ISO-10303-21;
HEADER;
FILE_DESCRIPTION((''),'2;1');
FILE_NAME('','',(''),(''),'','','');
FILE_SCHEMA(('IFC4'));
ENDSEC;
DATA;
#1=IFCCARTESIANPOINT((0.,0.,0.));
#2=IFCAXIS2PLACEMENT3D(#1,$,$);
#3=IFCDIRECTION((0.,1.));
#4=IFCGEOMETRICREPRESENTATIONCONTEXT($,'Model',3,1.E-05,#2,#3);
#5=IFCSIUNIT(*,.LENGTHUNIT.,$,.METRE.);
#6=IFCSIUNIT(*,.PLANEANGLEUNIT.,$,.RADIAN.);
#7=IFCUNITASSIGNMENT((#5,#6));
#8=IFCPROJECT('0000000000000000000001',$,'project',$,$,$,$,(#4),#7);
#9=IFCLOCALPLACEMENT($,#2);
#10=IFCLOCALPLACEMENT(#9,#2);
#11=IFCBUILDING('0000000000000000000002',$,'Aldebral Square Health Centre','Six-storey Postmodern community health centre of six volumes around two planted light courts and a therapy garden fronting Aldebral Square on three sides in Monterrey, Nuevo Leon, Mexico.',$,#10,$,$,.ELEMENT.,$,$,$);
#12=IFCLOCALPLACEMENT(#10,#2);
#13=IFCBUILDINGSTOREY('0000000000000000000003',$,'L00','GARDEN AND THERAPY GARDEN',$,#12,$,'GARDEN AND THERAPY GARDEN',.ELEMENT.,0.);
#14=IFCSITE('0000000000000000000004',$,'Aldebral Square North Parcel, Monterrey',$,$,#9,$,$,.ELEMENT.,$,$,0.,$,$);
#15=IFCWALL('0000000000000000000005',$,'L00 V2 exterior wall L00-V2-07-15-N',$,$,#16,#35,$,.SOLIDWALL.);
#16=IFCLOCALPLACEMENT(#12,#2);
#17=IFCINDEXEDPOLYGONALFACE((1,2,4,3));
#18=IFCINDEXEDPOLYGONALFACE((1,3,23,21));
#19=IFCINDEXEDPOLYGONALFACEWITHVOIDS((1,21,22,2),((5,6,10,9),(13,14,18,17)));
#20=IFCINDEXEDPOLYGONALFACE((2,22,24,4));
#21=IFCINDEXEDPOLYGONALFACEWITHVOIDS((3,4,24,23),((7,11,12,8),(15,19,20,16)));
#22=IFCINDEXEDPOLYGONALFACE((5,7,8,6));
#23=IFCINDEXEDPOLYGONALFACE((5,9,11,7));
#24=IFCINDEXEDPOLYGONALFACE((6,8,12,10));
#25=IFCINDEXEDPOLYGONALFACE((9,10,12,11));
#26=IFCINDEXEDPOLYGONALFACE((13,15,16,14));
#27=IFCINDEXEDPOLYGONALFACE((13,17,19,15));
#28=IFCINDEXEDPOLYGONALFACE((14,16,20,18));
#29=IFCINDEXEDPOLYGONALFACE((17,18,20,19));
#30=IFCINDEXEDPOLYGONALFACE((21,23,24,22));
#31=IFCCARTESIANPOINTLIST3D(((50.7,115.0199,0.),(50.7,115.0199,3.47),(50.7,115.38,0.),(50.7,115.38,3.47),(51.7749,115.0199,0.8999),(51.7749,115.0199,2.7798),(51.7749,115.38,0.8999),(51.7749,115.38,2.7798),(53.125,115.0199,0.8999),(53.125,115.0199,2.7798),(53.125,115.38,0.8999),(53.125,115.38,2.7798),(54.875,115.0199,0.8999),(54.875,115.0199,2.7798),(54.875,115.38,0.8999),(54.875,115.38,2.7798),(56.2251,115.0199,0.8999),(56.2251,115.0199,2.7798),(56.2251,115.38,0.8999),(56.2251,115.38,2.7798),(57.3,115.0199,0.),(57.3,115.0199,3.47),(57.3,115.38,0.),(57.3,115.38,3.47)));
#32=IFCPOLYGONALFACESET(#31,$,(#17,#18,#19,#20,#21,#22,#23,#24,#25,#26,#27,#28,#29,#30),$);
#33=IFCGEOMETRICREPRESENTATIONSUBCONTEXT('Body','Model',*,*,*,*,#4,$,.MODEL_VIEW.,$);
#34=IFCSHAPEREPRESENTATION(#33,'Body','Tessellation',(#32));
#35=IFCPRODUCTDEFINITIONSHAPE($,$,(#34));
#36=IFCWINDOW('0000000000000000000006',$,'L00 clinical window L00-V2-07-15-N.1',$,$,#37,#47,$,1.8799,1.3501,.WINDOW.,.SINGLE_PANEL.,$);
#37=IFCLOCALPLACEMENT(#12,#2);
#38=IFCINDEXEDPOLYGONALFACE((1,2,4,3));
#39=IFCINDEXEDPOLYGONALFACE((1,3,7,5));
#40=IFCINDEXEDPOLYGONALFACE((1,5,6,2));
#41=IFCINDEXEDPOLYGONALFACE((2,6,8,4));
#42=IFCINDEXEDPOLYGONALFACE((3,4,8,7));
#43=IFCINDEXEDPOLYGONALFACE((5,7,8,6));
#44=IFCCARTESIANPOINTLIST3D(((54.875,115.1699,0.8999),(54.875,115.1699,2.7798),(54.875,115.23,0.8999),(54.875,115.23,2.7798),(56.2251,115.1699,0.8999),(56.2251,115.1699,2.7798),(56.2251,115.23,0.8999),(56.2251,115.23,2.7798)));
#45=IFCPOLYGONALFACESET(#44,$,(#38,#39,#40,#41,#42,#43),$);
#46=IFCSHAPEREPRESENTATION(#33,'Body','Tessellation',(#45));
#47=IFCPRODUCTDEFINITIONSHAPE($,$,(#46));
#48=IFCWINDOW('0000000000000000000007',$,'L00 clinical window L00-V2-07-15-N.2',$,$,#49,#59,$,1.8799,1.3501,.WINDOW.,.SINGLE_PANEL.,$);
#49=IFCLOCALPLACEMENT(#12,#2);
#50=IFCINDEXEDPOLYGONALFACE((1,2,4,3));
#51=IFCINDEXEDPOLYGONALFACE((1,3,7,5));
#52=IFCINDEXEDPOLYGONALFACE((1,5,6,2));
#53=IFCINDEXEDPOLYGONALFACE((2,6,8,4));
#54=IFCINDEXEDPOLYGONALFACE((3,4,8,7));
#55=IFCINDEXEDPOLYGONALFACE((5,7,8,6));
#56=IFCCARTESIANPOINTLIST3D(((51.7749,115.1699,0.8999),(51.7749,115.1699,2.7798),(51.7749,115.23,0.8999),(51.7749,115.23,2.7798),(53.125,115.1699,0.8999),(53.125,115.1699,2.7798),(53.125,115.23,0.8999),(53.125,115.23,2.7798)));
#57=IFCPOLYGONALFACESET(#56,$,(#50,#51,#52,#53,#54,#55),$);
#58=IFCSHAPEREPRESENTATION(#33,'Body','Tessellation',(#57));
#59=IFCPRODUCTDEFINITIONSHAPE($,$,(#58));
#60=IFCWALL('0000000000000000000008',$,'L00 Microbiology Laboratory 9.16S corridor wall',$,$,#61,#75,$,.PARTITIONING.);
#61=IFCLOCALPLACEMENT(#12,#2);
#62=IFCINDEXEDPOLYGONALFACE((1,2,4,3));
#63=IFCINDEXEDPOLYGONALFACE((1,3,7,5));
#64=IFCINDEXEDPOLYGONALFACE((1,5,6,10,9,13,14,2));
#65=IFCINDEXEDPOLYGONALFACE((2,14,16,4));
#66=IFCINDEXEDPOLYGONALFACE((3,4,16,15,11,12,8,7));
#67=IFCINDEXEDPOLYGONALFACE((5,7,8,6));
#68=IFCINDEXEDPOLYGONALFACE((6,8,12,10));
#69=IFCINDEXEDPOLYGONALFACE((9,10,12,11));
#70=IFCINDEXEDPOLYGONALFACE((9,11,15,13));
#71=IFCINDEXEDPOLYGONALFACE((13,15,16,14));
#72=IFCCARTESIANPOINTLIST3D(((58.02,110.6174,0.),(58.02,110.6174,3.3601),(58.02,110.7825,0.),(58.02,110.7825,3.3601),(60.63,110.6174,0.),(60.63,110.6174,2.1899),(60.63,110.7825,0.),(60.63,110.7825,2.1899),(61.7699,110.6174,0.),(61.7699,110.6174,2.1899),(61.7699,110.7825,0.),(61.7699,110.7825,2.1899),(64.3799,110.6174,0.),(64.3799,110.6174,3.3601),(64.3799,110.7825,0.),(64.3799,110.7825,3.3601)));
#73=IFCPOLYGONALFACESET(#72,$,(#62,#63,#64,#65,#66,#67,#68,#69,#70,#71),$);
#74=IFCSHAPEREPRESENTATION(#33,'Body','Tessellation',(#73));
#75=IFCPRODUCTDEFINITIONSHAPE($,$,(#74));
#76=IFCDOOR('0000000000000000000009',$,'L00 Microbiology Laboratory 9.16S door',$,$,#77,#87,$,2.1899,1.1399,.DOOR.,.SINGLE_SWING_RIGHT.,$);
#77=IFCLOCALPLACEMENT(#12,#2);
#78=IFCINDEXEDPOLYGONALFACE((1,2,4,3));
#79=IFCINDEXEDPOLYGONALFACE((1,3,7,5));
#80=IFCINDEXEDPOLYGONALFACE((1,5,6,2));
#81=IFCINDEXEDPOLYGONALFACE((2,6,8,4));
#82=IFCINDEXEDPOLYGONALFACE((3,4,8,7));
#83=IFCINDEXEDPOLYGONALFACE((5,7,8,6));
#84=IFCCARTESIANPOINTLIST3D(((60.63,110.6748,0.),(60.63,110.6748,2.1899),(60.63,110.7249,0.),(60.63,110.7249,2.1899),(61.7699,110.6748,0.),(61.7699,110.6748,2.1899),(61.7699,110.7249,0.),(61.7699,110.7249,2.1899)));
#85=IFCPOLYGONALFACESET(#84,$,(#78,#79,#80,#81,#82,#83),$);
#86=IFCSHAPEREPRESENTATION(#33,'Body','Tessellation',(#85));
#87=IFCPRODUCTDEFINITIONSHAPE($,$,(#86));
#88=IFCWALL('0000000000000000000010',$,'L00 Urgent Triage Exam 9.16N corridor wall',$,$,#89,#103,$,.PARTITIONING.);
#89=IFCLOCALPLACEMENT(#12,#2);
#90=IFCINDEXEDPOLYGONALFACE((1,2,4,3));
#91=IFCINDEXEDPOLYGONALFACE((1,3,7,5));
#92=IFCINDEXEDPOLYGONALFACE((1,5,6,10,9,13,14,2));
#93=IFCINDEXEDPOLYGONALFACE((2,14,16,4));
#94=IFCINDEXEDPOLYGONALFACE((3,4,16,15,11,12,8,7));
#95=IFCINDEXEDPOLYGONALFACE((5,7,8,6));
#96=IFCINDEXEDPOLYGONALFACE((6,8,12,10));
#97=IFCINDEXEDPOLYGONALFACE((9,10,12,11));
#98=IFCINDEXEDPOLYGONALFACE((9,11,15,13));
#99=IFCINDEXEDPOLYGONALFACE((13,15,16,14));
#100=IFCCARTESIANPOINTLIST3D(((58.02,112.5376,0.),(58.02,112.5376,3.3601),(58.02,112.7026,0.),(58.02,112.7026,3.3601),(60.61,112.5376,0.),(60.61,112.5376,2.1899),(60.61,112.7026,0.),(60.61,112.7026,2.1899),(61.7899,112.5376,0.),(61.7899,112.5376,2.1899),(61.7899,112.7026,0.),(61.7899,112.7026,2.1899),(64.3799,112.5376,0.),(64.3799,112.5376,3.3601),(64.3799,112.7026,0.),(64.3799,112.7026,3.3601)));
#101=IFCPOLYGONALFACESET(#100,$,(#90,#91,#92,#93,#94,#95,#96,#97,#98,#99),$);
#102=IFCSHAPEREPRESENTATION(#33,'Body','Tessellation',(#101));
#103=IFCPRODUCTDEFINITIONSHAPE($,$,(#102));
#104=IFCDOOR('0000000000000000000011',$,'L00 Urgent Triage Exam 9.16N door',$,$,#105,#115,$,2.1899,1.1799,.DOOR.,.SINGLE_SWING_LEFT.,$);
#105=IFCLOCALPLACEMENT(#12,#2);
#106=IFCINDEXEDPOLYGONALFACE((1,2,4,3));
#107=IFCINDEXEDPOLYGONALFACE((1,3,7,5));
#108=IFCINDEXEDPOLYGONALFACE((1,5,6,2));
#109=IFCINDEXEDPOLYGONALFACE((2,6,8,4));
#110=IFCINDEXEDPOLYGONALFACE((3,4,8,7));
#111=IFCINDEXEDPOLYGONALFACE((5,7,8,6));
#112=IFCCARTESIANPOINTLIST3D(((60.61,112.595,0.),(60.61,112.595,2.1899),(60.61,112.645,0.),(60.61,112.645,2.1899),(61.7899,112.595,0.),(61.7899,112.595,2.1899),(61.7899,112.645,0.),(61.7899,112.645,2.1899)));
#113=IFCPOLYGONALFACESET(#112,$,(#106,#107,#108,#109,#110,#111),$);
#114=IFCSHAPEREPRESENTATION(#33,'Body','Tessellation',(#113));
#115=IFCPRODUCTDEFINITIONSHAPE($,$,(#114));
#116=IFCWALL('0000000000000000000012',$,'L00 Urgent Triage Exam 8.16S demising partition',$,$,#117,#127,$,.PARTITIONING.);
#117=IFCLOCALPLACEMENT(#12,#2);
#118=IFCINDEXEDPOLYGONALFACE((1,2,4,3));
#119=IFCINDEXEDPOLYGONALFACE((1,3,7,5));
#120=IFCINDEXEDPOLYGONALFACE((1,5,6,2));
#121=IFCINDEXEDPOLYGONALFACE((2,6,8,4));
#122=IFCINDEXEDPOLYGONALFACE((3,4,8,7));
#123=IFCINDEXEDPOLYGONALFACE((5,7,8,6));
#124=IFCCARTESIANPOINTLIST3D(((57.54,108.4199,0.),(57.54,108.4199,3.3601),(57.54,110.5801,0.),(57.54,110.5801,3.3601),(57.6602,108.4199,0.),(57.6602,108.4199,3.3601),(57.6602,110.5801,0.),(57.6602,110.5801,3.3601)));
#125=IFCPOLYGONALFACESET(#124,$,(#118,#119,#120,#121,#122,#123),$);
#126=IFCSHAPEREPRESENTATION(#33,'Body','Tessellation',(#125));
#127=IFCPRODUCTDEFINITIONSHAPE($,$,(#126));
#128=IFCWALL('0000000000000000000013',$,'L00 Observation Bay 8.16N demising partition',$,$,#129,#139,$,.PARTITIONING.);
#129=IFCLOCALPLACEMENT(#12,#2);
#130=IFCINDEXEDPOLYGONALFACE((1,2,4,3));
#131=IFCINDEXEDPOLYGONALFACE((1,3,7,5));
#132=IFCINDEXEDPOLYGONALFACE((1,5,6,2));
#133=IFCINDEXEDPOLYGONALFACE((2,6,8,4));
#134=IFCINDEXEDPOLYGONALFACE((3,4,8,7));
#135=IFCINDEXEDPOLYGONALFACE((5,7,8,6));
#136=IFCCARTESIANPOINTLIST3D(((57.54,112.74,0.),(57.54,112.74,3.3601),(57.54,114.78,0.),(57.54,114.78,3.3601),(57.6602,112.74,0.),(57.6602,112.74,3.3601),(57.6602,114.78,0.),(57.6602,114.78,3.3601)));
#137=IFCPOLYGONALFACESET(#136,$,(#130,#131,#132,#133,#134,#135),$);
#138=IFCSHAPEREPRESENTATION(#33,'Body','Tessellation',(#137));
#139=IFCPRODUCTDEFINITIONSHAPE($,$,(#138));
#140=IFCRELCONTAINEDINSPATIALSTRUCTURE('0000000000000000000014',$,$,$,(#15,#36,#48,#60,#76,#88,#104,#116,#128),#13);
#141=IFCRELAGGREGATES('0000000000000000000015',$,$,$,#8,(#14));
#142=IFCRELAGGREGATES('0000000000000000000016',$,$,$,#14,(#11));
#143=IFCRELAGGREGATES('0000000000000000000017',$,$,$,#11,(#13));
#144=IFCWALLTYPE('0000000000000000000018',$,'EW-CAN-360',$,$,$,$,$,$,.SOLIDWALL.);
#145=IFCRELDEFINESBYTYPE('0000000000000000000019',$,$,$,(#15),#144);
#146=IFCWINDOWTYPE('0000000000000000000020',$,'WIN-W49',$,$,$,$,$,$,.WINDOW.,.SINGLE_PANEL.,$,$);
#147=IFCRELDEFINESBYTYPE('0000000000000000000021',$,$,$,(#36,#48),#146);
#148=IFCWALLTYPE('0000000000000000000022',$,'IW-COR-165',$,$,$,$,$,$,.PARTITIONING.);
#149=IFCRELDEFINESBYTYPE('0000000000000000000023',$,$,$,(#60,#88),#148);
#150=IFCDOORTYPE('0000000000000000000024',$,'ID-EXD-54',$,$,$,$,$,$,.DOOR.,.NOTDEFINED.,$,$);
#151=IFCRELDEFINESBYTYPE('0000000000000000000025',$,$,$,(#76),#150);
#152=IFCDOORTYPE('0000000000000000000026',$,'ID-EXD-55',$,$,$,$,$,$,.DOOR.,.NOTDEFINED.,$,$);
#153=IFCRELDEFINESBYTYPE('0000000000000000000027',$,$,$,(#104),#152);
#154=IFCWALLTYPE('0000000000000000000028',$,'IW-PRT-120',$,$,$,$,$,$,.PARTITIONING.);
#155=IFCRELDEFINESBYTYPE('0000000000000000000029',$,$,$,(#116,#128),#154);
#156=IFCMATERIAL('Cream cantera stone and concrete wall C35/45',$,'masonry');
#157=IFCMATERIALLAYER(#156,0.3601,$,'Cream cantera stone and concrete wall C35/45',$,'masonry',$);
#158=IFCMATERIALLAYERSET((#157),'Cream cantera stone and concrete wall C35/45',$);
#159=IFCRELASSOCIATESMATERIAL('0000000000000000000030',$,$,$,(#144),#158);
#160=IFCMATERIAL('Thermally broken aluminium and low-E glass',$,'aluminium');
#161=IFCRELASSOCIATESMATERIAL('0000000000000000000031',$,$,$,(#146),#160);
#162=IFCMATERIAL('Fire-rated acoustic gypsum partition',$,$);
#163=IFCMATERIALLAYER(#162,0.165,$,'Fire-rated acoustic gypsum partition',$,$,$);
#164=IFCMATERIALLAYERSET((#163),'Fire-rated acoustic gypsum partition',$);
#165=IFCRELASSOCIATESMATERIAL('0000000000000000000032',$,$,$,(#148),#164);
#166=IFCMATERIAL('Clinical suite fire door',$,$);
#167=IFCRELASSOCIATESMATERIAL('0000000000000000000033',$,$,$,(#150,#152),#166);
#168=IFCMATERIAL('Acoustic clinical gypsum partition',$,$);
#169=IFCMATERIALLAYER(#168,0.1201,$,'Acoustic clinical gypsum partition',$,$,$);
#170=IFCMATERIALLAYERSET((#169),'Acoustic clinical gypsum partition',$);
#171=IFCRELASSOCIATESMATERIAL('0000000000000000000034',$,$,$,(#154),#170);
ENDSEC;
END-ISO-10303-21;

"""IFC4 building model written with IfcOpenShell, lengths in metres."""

from ifc_helpers import new_model, si_unit, direction, frame, frame_2d, origin, place, context, subcontext, project, spatial, rectangle, extrude, material, layer, layer_set, type_object, element, fill, save


model = new_model("IFC4")

# Units and contexts
model_context = context("Model", 3, precision=1e-05, world=origin(), true_north=direction((0.0, 1.0)))
body_context = subcontext(model_context, "Body", "Model", "MODEL_VIEW")
ifc_project = project(units=[si_unit("LENGTHUNIT", "METRE"), si_unit("PLANEANGLEUNIT", "RADIAN")], contexts=[model_context])

# Site, building, storey
site_placement = place(None, origin())
site = spatial("IfcSite", under=ifc_project, at=site_placement, Name="Aldebral Square North Parcel, Monterrey", CompositionType="ELEMENT", RefElevation=0.0)
building_placement = place(site_placement, origin())
building = spatial("IfcBuilding", under=site, at=building_placement, Name="Aldebral Square Health Centre", Description="Six-storey Postmodern community health centre of six volumes around two planted light courts and a therapy garden fronting Aldebral Square on three sides in Monterrey, Nuevo Leon, Mexico.", CompositionType="ELEMENT")
storey_placement = place(building_placement, origin())
storey = spatial("IfcBuildingStorey", under=building, at=storey_placement, Name="L00", Description="GARDEN AND THERAPY GARDEN", LongName="GARDEN AND THERAPY GARDEN", CompositionType="ELEMENT", Elevation=0.0)

# Wall, openings, windows
ifc_material_1 = material(Name="Cream cantera stone and concrete wall C35/45", Category="masonry")
ifc_material_2 = material(Name="Thermally broken aluminium and low-E glass", Category="aluminium")
ifc_layer_1 = layer(ifc_material_1, 0.3601, Name="Cream cantera stone and concrete wall C35/45", Category="masonry")
ifc_layer_set_1 = layer_set([ifc_layer_1], Name="Cream cantera stone and concrete wall C35/45")
wall_type_1 = type_object("IfcWallType", Name="EW-CAN-360", PredefinedType="SOLIDWALL", material=ifc_layer_set_1)
wall_1_placement = place(storey_placement, frame((57.3, 115.2, 0.0), z_axis=(0.0, 0.0, 1.0), x_axis=(-1.0, 0.0, 0.0)))
wall_1 = element("IfcWall", 1, at=wall_1_placement, inside=storey, type_object=wall_type_1, Name="L00 V2 exterior wall L00-V2-07-15-N", PredefinedType="SOLIDWALL", context=body_context, shape_type="SweptSolid", body=[
    extrude(rectangle(XDim=6.6001, YDim=0.3601, at=frame_2d((3.3, 0.0))), origin(), (0.0, 0.0, 1.0), 3.47),
])
opening_1_placement = place(wall_1_placement, frame((1.075, 0.0, 0.8999)))
opening_1 = element("IfcOpeningElement", 2, at=opening_1_placement, cuts=wall_1, PredefinedType="OPENING", context=body_context, shape_type="SweptSolid", body=[
    extrude(rectangle(XDim=1.3501, YDim=1.8799, at=frame_2d((0.675, 0.9399))), frame((0.0, 0.1899, 0.0), z_axis=(0.0, -1.0, 0.0), x_axis=(1.0, 0.0, 0.0)), (0.0, 0.0, 1.0), 0.3801),
])
opening_2_placement = place(wall_1_placement, frame((4.175, 0.0, 0.8999)))
opening_2 = element("IfcOpeningElement", 3, at=opening_2_placement, cuts=wall_1, PredefinedType="OPENING", context=body_context, shape_type="SweptSolid", body=[
    extrude(rectangle(XDim=1.3501, YDim=1.8799, at=frame_2d((0.675, 0.9399))), frame((0.0, 0.1899, 0.0), z_axis=(0.0, -1.0, 0.0), x_axis=(1.0, 0.0, 0.0)), (0.0, 0.0, 1.0), 0.3801),
])
window_type_1 = type_object("IfcWindowType", Name="WIN-W49", PartitioningType="SINGLE_PANEL", PredefinedType="WINDOW", material=ifc_material_2)
window_1_placement = place(opening_1_placement, origin())
window_1 = element("IfcWindow", 4, at=window_1_placement, inside=storey, type_object=window_type_1, Name="L00 clinical window L00-V2-07-15-N.1", OverallHeight=1.8799, OverallWidth=1.3501, PartitioningType="SINGLE_PANEL", PredefinedType="WINDOW", context=body_context, shape_type="SweptSolid", body=[
    extrude(rectangle(XDim=1.3501, YDim=1.8799, at=frame_2d((0.675, 0.9399))), frame((0.0, 0.03, 0.0), z_axis=(0.0, -1.0, 0.0), x_axis=(1.0, 0.0, 0.0)), (0.0, 0.0, 1.0), 0.0601),
])
fill(opening_1, window_1)
window_2_placement = place(opening_2_placement, origin())
window_2 = element("IfcWindow", 5, at=window_2_placement, inside=storey, type_object=window_type_1, Name="L00 clinical window L00-V2-07-15-N.2", OverallHeight=1.8799, OverallWidth=1.3501, PartitioningType="SINGLE_PANEL", PredefinedType="WINDOW", context=body_context, shape_type="SweptSolid", body=[
    extrude(rectangle(XDim=1.3501, YDim=1.8799, at=frame_2d((0.675, 0.9399))), frame((0.0, 0.03, 0.0), z_axis=(0.0, -1.0, 0.0), x_axis=(1.0, 0.0, 0.0)), (0.0, 0.0, 1.0), 0.0601),
])
fill(opening_2, window_2)

# Walls, openings, doors
ifc_material_3 = material(Name="Fire-rated acoustic gypsum partition")
ifc_layer_2 = layer(ifc_material_3, 0.165, Name="Fire-rated acoustic gypsum partition")
ifc_layer_set_2 = layer_set([ifc_layer_2], Name="Fire-rated acoustic gypsum partition")
wall_type_2 = type_object("IfcWallType", Name="IW-COR-165", PredefinedType="PARTITIONING", material=ifc_layer_set_2)
wall_2_placement = place(storey_placement, frame((58.02, 110.7, 0.0), z_axis=(0.0, 0.0, 1.0), x_axis=(1.0, 0.0, 0.0)))
wall_2 = element("IfcWall", 6, at=wall_2_placement, inside=storey, type_object=wall_type_2, Name="L00 Microbiology Laboratory 9.16S corridor wall", PredefinedType="PARTITIONING", context=body_context, shape_type="SweptSolid", body=[
    extrude(rectangle(XDim=6.3599, YDim=0.165, at=frame_2d((3.1799, 0.0))), origin(), (0.0, 0.0, 1.0), 3.3601),
])
opening_3_placement = place(wall_2_placement, frame((2.6101, 0.0, 0.0)))
opening_3 = element("IfcOpeningElement", 7, at=opening_3_placement, cuts=wall_2, PredefinedType="OPENING", context=body_context, shape_type="SweptSolid", body=[
    extrude(rectangle(XDim=1.1399, YDim=2.1899, at=frame_2d((0.5698, 1.095))), frame((0.0, 0.0925, 0.0), z_axis=(0.0, -1.0, 0.0), x_axis=(1.0, 0.0, 0.0)), (0.0, 0.0, 1.0), 0.1851),
])
ifc_material_4 = material(Name="Clinical suite fire door")
door_type_1 = type_object("IfcDoorType", Name="ID-EXD-54", OperationType="NOTDEFINED", PredefinedType="DOOR", material=ifc_material_4)
door_1_placement = place(opening_3_placement, origin())
door_1 = element("IfcDoor", 8, at=door_1_placement, inside=storey, type_object=door_type_1, Name="L00 Microbiology Laboratory 9.16S door", OperationType="SINGLE_SWING_RIGHT", OverallHeight=2.1899, OverallWidth=1.1399, PredefinedType="DOOR", context=body_context, shape_type="SweptSolid", body=[
    extrude(rectangle(XDim=1.1399, YDim=2.1899, at=frame_2d((0.5698, 1.095))), frame((0.0, 0.0249, 0.0), z_axis=(0.0, -1.0, 0.0), x_axis=(1.0, 0.0, 0.0)), (0.0, 0.0, 1.0), 0.05),
])
fill(opening_3, door_1)
wall_3_placement = place(storey_placement, frame((58.02, 112.6201, 0.0), z_axis=(0.0, 0.0, 1.0), x_axis=(1.0, 0.0, 0.0)))
wall_3 = element("IfcWall", 9, at=wall_3_placement, inside=storey, type_object=wall_type_2, Name="L00 Urgent Triage Exam 9.16N corridor wall", PredefinedType="PARTITIONING", context=body_context, shape_type="SweptSolid", body=[
    extrude(rectangle(XDim=6.3599, YDim=0.165, at=frame_2d((3.1799, 0.0))), origin(), (0.0, 0.0, 1.0), 3.3601),
])
opening_4_placement = place(wall_3_placement, frame((2.5901, 0.0, 0.0)))
opening_4 = element("IfcOpeningElement", 10, at=opening_4_placement, cuts=wall_3, PredefinedType="OPENING", context=body_context, shape_type="SweptSolid", body=[
    extrude(rectangle(XDim=1.1799, YDim=2.1899, at=frame_2d((0.5898, 1.095))), frame((0.0, 0.0925, 0.0), z_axis=(0.0, -1.0, 0.0), x_axis=(1.0, 0.0, 0.0)), (0.0, 0.0, 1.0), 0.1851),
])
door_type_2 = type_object("IfcDoorType", Name="ID-EXD-55", OperationType="NOTDEFINED", PredefinedType="DOOR", material=ifc_material_4)
door_2_placement = place(opening_4_placement, origin())
door_2 = element("IfcDoor", 11, at=door_2_placement, inside=storey, type_object=door_type_2, Name="L00 Urgent Triage Exam 9.16N door", OperationType="SINGLE_SWING_LEFT", OverallHeight=2.1899, OverallWidth=1.1799, PredefinedType="DOOR", context=body_context, shape_type="SweptSolid", body=[
    extrude(rectangle(XDim=1.1799, YDim=2.1899, at=frame_2d((0.5898, 1.095))), frame((0.0, 0.0249, 0.0), z_axis=(0.0, -1.0, 0.0), x_axis=(1.0, 0.0, 0.0)), (0.0, 0.0, 1.0), 0.05),
])
fill(opening_4, door_2)

# Walls
ifc_material_5 = material(Name="Acoustic clinical gypsum partition")
ifc_layer_3 = layer(ifc_material_5, 0.1201, Name="Acoustic clinical gypsum partition")
ifc_layer_set_3 = layer_set([ifc_layer_3], Name="Acoustic clinical gypsum partition")
wall_type_3 = type_object("IfcWallType", Name="IW-PRT-120", PredefinedType="PARTITIONING", material=ifc_layer_set_3)
wall_4_placement = place(storey_placement, frame((57.6001, 108.4199, 0.0), z_axis=(0.0, 0.0, 1.0), x_axis=(0.0, 1.0, 0.0)))
element("IfcWall", 12, at=wall_4_placement, inside=storey, type_object=wall_type_3, Name="L00 Urgent Triage Exam 8.16S demising partition", PredefinedType="PARTITIONING", context=body_context, shape_type="SweptSolid", body=[
    extrude(rectangle(XDim=2.1602, YDim=0.1201, at=frame_2d((1.0801, 0.0))), origin(), (0.0, 0.0, 1.0), 3.3601),
])
wall_5_placement = place(storey_placement, frame((57.6001, 112.74, 0.0), z_axis=(0.0, 0.0, 1.0), x_axis=(0.0, 1.0, 0.0)))
element("IfcWall", 13, at=wall_5_placement, inside=storey, type_object=wall_type_3, Name="L00 Observation Bay 8.16N demising partition", PredefinedType="PARTITIONING", context=body_context, shape_type="SweptSolid", body=[
    extrude(rectangle(XDim=2.04, YDim=0.1201, at=frame_2d((1.02, 0.0))), origin(), (0.0, 0.0, 1.0), 3.3601),
])

save(model, "model.ifc")
